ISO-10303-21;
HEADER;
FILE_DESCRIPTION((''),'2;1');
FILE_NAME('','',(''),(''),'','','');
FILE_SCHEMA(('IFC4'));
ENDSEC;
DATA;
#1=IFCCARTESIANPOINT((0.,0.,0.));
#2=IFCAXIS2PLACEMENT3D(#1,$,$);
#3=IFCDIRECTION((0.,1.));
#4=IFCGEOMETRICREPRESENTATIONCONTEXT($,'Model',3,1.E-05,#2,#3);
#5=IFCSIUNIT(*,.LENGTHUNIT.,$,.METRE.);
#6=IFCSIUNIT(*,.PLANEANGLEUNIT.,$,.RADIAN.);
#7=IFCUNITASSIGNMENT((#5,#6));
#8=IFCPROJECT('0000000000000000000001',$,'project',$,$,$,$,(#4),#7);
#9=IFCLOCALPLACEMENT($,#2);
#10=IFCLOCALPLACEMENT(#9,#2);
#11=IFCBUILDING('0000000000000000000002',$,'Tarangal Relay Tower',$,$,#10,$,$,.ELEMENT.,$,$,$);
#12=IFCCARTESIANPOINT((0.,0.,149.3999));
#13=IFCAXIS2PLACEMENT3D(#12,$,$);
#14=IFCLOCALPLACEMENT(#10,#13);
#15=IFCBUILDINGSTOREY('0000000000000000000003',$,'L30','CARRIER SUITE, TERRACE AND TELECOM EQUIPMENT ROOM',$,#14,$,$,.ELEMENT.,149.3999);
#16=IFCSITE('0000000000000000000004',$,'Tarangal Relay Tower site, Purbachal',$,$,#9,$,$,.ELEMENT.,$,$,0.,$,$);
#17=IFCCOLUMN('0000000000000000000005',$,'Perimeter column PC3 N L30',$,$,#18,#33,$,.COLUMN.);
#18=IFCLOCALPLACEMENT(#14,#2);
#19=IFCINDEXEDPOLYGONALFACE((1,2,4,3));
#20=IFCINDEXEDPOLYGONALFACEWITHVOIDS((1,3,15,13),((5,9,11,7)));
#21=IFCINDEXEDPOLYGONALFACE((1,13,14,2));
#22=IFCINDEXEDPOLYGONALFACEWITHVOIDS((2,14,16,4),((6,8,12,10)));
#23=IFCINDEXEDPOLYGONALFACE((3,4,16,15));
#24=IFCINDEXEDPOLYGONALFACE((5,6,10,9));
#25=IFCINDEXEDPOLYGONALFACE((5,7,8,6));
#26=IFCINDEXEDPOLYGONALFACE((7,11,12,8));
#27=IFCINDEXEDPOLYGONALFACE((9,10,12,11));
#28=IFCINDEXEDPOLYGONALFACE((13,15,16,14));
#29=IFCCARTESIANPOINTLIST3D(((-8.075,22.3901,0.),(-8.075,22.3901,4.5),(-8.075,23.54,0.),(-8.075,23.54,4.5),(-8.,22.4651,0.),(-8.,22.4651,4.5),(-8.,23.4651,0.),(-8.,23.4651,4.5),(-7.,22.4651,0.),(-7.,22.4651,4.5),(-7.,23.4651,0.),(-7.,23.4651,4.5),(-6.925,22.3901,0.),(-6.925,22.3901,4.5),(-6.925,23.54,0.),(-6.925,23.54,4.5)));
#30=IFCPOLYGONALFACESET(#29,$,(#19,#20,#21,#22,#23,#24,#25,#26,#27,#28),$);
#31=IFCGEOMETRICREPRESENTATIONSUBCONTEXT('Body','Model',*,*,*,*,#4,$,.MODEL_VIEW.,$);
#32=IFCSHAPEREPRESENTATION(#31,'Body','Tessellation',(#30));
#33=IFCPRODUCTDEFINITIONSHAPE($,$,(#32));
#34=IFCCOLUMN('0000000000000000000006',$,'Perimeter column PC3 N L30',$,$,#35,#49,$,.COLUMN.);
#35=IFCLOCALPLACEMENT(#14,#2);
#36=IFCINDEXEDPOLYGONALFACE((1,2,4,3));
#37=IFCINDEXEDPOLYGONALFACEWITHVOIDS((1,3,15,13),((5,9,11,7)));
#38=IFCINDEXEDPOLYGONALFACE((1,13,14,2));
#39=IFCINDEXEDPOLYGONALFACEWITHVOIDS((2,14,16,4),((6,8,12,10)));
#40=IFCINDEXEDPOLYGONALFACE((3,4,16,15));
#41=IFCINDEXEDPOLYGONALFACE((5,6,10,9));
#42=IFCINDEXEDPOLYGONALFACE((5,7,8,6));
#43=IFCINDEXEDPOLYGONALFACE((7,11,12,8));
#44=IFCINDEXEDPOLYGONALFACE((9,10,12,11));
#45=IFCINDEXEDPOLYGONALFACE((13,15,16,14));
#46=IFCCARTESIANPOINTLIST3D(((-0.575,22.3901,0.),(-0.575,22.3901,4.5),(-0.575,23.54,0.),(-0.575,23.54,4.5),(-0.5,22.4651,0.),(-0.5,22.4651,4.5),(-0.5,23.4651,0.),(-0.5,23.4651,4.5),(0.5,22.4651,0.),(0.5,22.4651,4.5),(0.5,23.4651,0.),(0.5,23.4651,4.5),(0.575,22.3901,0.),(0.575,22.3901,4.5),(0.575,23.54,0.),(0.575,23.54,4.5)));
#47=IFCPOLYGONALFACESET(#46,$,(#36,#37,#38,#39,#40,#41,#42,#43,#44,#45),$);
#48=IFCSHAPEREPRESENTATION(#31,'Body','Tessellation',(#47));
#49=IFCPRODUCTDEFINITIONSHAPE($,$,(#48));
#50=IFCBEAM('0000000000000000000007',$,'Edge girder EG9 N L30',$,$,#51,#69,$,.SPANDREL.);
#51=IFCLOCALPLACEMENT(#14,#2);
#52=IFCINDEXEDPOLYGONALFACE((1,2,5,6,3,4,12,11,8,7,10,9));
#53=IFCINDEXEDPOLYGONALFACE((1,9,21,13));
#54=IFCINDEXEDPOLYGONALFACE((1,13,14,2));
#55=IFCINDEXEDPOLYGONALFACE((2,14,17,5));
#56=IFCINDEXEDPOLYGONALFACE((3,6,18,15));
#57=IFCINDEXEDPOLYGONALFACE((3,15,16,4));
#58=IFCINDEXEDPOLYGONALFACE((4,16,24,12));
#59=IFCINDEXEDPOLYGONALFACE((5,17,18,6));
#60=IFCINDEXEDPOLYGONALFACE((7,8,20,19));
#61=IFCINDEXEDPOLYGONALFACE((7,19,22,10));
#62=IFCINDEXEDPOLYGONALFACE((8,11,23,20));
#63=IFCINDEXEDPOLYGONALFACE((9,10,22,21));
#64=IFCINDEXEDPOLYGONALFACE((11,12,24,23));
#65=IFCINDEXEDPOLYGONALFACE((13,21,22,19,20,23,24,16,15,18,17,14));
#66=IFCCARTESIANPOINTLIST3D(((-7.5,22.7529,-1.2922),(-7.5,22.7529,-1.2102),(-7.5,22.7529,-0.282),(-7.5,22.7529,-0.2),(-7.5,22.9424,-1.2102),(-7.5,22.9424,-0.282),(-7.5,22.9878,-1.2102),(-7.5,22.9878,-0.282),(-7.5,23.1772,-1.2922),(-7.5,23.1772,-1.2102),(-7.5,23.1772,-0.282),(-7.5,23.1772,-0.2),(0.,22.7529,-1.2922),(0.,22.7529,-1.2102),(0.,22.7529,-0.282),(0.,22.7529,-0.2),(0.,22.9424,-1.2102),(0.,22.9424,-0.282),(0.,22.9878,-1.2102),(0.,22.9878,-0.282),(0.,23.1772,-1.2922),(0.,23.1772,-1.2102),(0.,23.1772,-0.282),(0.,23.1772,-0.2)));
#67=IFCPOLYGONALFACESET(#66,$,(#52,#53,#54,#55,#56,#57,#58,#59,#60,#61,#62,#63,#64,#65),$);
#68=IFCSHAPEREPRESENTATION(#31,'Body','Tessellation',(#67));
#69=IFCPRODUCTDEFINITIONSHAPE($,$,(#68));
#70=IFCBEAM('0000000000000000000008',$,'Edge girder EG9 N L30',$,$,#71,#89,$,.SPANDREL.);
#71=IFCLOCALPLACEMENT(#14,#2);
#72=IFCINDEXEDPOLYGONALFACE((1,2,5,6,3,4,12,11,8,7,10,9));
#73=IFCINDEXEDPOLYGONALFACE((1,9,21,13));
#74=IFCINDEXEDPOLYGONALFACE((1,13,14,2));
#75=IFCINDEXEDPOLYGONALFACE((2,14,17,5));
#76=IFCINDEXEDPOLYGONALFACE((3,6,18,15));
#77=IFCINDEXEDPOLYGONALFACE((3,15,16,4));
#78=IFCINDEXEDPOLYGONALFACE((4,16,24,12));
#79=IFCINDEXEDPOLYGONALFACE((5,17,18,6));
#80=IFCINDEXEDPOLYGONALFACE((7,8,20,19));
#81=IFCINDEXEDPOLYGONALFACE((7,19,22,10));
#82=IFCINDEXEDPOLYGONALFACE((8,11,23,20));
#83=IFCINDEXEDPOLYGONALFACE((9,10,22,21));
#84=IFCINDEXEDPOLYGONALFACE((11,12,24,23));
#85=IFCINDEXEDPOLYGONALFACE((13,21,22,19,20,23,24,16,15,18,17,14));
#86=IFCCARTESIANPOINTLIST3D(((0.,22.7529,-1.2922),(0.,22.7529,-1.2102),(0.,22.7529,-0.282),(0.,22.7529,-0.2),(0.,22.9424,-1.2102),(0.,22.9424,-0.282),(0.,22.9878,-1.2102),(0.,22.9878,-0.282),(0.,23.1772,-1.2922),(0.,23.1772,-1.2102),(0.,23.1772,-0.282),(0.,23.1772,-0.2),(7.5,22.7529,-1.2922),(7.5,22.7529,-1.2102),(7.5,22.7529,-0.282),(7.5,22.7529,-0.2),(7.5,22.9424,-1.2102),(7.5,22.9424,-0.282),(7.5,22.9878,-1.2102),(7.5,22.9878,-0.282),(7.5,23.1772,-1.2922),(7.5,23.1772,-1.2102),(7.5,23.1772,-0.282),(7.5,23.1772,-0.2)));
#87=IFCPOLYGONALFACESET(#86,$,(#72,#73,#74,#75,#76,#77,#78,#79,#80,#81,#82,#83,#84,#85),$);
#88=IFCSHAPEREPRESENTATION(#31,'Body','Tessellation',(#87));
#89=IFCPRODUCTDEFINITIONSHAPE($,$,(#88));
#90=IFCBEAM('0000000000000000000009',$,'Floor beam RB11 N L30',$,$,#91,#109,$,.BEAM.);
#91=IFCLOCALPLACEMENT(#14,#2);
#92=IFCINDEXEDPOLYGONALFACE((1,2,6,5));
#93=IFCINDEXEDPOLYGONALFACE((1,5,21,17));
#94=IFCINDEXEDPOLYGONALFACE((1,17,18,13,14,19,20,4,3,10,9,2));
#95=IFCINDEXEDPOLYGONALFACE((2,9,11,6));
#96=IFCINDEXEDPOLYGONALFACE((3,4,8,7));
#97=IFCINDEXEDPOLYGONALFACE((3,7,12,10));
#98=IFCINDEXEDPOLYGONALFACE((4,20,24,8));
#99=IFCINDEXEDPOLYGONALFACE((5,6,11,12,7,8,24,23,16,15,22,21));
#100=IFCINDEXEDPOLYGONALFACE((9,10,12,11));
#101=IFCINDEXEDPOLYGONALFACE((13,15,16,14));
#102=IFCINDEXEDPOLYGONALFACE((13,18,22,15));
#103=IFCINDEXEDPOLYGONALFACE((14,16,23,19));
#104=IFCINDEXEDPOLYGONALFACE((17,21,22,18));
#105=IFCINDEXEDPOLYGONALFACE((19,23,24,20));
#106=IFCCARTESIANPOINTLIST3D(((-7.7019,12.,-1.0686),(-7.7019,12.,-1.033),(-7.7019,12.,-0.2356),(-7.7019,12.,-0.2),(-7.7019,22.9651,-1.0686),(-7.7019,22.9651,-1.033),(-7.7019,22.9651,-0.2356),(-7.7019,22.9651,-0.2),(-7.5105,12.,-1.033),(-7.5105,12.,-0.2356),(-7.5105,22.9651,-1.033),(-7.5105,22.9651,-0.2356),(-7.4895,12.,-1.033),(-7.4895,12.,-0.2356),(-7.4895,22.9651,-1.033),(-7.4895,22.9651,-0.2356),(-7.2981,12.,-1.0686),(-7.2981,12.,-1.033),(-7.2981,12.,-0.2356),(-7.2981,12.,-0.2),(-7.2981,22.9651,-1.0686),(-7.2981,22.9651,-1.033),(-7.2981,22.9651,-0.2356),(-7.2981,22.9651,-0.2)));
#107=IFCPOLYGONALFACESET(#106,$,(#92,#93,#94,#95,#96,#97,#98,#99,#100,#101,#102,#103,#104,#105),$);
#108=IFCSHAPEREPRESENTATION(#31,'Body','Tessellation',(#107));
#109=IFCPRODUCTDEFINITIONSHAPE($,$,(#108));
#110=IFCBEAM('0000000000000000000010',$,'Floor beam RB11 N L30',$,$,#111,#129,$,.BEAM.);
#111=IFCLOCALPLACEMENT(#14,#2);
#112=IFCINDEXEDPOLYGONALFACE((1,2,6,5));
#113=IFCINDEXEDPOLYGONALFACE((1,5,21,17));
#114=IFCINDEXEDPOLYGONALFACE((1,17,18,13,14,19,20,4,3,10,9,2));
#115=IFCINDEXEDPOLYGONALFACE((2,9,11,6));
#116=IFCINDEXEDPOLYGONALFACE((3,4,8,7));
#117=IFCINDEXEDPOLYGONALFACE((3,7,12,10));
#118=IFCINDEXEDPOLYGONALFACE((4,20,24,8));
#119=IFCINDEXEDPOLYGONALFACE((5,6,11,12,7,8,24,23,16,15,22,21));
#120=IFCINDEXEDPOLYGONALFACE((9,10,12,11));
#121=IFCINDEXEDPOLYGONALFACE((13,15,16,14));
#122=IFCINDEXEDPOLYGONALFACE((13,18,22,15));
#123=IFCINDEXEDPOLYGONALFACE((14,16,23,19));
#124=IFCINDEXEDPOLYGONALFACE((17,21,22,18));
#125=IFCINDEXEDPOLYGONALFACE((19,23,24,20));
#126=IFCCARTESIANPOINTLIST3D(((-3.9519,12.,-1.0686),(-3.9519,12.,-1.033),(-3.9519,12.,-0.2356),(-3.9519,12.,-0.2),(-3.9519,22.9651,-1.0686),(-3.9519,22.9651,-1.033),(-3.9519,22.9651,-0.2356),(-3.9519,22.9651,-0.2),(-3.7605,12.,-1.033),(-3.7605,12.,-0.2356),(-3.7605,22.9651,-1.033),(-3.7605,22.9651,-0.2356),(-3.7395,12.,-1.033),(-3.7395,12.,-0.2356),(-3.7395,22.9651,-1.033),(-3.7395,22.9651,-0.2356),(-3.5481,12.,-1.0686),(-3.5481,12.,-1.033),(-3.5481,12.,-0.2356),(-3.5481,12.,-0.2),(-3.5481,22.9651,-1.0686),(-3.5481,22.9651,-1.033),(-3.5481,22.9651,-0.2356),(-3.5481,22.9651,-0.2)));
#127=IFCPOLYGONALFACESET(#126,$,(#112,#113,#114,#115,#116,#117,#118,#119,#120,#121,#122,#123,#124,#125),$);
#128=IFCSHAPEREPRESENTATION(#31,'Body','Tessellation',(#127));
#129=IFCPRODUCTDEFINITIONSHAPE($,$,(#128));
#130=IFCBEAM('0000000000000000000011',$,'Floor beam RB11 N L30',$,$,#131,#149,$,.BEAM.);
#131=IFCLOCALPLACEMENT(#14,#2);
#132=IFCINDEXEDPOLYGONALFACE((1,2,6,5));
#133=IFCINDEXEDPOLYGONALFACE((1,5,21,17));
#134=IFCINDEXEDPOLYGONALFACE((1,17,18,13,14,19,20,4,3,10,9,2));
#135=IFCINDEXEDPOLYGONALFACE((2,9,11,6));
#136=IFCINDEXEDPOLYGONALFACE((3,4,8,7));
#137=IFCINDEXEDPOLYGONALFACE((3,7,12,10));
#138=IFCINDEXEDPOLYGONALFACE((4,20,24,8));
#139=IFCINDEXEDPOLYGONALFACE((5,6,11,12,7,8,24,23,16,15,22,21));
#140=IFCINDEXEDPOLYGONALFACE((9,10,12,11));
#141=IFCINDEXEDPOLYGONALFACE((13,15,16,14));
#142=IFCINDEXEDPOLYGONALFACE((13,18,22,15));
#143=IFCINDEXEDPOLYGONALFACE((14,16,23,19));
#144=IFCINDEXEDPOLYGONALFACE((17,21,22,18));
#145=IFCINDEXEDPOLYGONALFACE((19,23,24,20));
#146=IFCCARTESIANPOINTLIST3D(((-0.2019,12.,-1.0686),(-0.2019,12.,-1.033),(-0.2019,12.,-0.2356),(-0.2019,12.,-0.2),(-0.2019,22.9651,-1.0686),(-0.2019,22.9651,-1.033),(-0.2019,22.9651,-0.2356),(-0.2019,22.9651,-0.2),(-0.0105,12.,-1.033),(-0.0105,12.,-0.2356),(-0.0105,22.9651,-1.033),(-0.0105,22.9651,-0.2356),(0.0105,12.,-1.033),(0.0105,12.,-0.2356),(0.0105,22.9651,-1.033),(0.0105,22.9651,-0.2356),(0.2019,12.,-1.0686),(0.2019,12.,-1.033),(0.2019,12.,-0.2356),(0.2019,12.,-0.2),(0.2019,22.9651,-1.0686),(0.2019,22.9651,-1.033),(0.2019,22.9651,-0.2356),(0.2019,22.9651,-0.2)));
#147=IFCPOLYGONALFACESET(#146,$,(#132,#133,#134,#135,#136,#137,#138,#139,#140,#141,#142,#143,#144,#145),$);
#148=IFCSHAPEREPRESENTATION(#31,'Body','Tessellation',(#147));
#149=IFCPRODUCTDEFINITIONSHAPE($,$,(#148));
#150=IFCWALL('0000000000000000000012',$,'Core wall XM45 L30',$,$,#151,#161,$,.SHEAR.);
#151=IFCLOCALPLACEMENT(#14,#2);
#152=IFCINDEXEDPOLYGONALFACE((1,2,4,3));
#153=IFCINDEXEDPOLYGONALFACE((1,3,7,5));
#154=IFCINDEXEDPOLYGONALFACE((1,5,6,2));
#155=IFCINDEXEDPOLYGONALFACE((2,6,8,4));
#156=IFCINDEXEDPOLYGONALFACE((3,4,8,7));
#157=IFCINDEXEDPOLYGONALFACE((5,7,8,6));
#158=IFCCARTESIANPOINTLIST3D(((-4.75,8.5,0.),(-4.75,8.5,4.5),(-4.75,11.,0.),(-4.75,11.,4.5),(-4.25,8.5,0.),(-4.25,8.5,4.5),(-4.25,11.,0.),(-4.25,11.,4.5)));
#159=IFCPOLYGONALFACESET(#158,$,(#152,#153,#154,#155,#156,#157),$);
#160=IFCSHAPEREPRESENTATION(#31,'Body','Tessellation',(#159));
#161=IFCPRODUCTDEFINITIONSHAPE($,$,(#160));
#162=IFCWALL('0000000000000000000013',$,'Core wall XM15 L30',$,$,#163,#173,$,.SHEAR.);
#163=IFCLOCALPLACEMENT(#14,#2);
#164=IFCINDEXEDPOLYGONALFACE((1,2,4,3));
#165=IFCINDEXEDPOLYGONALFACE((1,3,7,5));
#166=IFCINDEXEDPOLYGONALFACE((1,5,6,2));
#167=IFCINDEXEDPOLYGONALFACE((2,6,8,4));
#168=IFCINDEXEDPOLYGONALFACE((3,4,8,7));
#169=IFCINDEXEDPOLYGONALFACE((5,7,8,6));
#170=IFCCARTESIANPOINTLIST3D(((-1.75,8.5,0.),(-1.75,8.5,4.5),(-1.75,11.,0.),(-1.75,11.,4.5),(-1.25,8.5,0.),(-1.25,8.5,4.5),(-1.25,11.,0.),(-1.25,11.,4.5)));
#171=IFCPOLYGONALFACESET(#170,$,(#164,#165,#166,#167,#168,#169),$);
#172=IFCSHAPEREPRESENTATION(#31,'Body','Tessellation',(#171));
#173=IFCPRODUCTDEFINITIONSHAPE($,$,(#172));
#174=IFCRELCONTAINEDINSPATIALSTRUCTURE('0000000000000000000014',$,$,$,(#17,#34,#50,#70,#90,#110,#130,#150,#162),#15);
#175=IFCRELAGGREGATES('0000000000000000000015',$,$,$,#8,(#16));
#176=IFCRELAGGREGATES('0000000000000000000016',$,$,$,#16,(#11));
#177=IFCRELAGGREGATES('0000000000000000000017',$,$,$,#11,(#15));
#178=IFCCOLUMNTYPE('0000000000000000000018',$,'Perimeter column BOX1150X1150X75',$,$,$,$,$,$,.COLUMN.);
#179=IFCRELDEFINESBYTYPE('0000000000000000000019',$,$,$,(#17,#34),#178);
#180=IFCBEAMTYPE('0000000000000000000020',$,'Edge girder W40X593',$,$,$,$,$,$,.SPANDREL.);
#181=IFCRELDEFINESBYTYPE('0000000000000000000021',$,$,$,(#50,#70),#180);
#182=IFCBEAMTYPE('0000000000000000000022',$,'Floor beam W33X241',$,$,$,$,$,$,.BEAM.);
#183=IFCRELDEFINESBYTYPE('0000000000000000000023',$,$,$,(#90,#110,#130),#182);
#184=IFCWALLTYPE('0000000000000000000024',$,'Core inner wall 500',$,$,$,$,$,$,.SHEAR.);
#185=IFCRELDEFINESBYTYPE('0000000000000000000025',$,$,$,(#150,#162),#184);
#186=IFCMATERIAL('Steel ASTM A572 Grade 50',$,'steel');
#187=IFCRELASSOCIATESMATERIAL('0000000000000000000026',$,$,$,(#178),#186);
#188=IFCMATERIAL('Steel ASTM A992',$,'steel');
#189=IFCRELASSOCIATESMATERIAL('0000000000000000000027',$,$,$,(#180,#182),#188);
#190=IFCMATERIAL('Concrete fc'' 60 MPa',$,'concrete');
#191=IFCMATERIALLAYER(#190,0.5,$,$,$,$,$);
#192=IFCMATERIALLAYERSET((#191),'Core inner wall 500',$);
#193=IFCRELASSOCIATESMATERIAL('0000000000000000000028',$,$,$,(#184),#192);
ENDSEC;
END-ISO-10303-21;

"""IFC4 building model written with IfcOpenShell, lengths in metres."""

from ifc_helpers import new_model, si_unit, direction, frame, frame_2d, origin, origin_2d, place, context, subcontext, project, spatial, rectangle, hollow_rectangle, i_section, extrude, material, layer, layer_set, material_profile, profile_set, type_object, element, save


model = new_model("IFC4")

# Units and contexts
model_context = context("Model", 3, precision=1e-05, world=origin(), true_north=direction((0.0, 1.0)))
body_context = subcontext(model_context, "Body", "Model", "MODEL_VIEW")
ifc_project = project(units=[si_unit("LENGTHUNIT", "METRE"), si_unit("PLANEANGLEUNIT", "RADIAN")], contexts=[model_context])

# Site, building, storey
site_placement = place(None, origin())
site = spatial("IfcSite", under=ifc_project, at=site_placement, Name="Tarangal Relay Tower site, Purbachal", CompositionType="ELEMENT", RefElevation=0.0)
building_placement = place(site_placement, origin())
building = spatial("IfcBuilding", under=site, at=building_placement, Name="Tarangal Relay Tower", CompositionType="ELEMENT")
storey_placement = place(building_placement, frame((0.0, 0.0, 149.3999)))
storey = spatial("IfcBuildingStorey", under=building, at=storey_placement, Name="L30", Description="CARRIER SUITE, TERRACE AND TELECOM EQUIPMENT ROOM", CompositionType="ELEMENT", Elevation=149.3999)

# Columns
ifc_material_1 = material(Name="Steel ASTM A572 Grade 50", Category="steel")
ifc_material_profile_1 = material_profile(ifc_material_1, hollow_rectangle(XDim=1.1499, YDim=1.1499, WallThickness=0.075, at=origin_2d()), Name="BOX1150X1150X75")
ifc_profile_set_1 = profile_set([ifc_material_profile_1], Name="Steel ASTM A572 Grade 50")
column_type = type_object("IfcColumnType", Name="Perimeter column BOX1150X1150X75", PredefinedType="COLUMN", material=ifc_profile_set_1)
for number, where, z_axis, x_axis, name in (
    (1, (-7.5, 22.9651, 0.0), (0.0, 0.0, 1.0), (1.0, 0.0, 0.0), "Perimeter column PC3 N L30"),
    (2, (0.0, 22.9651, 0.0), (0.0, 0.0, 1.0), (1.0, 0.0, 0.0), "Perimeter column PC3 N L30"),
):
    element("IfcColumn", number, at=place(storey_placement, frame(where, z_axis=z_axis, x_axis=x_axis)), inside=storey, type_object=column_type, Name=name, PredefinedType="COLUMN", context=body_context, shape_type="SweptSolid", body=[
        extrude(hollow_rectangle(XDim=1.1499, YDim=1.1499, WallThickness=0.075, at=origin_2d()), origin(), (0.0, 0.0, 1.0), 4.5),
    ])

# Beams
ifc_material_2 = material(Name="Steel ASTM A992", Category="steel")
ifc_material_profile_2 = material_profile(ifc_material_2, i_section(OverallWidth=0.4243, OverallDepth=1.0923, WebThickness=0.0454, FlangeThickness=0.082, at=origin_2d()), Name="W40X593")
ifc_profile_set_2 = profile_set([ifc_material_profile_2], Name="Steel ASTM A992")
beam_type_1 = type_object("IfcBeamType", Name="Edge girder W40X593", PredefinedType="SPANDREL", material=ifc_profile_set_2)
for number, where, z_axis, x_axis, name in (
    (3, (-7.5, 22.9651, -0.7461), (1.0, 0.0, 0.0), (0.0, 1.0, 0.0), "Edge girder EG9 N L30"),
    (4, (0.0, 22.9651, -0.7461), (1.0, 0.0, 0.0), (0.0, 1.0, 0.0), "Edge girder EG9 N L30"),
):
    element("IfcBeam", number, at=place(storey_placement, frame(where, z_axis=z_axis, x_axis=x_axis)), inside=storey, type_object=beam_type_1, Name=name, PredefinedType="SPANDREL", context=body_context, shape_type="SweptSolid", body=[
        extrude(i_section(OverallWidth=0.4243, OverallDepth=1.0923, WebThickness=0.0454, FlangeThickness=0.082, at=origin_2d()), origin(), (0.0, 0.0, 1.0), 7.5),
    ])
ifc_material_profile_3 = material_profile(ifc_material_2, i_section(OverallWidth=0.4038, OverallDepth=0.8687, WebThickness=0.021, FlangeThickness=0.0356, at=origin_2d()), Name="W33X241")
ifc_profile_set_3 = profile_set([ifc_material_profile_3], Name="Steel ASTM A992")
beam_type_2 = type_object("IfcBeamType", Name="Floor beam W33X241", PredefinedType="BEAM", material=ifc_profile_set_3)
for number, where, z_axis, x_axis, name in (
    (5, (-7.5, 12.0, -0.6343), (0.0, 1.0, 0.0), (-1.0, 0.0, 0.0), "Floor beam RB11 N L30"),
    (6, (-3.75, 12.0, -0.6343), (0.0, 1.0, 0.0), (-1.0, 0.0, 0.0), "Floor beam RB11 N L30"),
    (7, (0.0, 12.0, -0.6343), (0.0, 1.0, 0.0), (-1.0, 0.0, 0.0), "Floor beam RB11 N L30"),
):
    element("IfcBeam", number, at=place(storey_placement, frame(where, z_axis=z_axis, x_axis=x_axis)), inside=storey, type_object=beam_type_2, Name=name, PredefinedType="BEAM", context=body_context, shape_type="SweptSolid", body=[
        extrude(i_section(OverallWidth=0.4038, OverallDepth=0.8687, WebThickness=0.021, FlangeThickness=0.0356, at=origin_2d()), origin(), (0.0, 0.0, 1.0), 10.9651),
    ])

# Shared definitions
ifc_material_3 = material(Name="Concrete fc' 60 MPa", Category="concrete")
ifc_layer_1 = layer(ifc_material_3, 0.5)
ifc_layer_set_1 = layer_set([ifc_layer_1], Name="Core inner wall 500")
wall_type = type_object("IfcWallType", Name="Core inner wall 500", PredefinedType="SHEAR", material=ifc_layer_set_1)

# Walls
for number, where, z_axis, x_axis, name in (
    (8, (-4.5, 8.5, 0.0), (0.0, 0.0, 1.0), (0.0, 1.0, 0.0), "Core wall XM45 L30"),
    (9, (-1.5, 8.5, 0.0), (0.0, 0.0, 1.0), (0.0, 1.0, 0.0), "Core wall XM15 L30"),
):
    element("IfcWall", number, at=place(storey_placement, frame(where, z_axis=z_axis, x_axis=x_axis)), inside=storey, type_object=wall_type, Name=name, PredefinedType="SHEAR", context=body_context, shape_type="SweptSolid", body=[
        extrude(rectangle(XDim=2.5, YDim=0.5, at=frame_2d((1.25, 0.0))), origin(), (0.0, 0.0, 1.0), 4.5),
    ])

save(model, "model.ifc")
